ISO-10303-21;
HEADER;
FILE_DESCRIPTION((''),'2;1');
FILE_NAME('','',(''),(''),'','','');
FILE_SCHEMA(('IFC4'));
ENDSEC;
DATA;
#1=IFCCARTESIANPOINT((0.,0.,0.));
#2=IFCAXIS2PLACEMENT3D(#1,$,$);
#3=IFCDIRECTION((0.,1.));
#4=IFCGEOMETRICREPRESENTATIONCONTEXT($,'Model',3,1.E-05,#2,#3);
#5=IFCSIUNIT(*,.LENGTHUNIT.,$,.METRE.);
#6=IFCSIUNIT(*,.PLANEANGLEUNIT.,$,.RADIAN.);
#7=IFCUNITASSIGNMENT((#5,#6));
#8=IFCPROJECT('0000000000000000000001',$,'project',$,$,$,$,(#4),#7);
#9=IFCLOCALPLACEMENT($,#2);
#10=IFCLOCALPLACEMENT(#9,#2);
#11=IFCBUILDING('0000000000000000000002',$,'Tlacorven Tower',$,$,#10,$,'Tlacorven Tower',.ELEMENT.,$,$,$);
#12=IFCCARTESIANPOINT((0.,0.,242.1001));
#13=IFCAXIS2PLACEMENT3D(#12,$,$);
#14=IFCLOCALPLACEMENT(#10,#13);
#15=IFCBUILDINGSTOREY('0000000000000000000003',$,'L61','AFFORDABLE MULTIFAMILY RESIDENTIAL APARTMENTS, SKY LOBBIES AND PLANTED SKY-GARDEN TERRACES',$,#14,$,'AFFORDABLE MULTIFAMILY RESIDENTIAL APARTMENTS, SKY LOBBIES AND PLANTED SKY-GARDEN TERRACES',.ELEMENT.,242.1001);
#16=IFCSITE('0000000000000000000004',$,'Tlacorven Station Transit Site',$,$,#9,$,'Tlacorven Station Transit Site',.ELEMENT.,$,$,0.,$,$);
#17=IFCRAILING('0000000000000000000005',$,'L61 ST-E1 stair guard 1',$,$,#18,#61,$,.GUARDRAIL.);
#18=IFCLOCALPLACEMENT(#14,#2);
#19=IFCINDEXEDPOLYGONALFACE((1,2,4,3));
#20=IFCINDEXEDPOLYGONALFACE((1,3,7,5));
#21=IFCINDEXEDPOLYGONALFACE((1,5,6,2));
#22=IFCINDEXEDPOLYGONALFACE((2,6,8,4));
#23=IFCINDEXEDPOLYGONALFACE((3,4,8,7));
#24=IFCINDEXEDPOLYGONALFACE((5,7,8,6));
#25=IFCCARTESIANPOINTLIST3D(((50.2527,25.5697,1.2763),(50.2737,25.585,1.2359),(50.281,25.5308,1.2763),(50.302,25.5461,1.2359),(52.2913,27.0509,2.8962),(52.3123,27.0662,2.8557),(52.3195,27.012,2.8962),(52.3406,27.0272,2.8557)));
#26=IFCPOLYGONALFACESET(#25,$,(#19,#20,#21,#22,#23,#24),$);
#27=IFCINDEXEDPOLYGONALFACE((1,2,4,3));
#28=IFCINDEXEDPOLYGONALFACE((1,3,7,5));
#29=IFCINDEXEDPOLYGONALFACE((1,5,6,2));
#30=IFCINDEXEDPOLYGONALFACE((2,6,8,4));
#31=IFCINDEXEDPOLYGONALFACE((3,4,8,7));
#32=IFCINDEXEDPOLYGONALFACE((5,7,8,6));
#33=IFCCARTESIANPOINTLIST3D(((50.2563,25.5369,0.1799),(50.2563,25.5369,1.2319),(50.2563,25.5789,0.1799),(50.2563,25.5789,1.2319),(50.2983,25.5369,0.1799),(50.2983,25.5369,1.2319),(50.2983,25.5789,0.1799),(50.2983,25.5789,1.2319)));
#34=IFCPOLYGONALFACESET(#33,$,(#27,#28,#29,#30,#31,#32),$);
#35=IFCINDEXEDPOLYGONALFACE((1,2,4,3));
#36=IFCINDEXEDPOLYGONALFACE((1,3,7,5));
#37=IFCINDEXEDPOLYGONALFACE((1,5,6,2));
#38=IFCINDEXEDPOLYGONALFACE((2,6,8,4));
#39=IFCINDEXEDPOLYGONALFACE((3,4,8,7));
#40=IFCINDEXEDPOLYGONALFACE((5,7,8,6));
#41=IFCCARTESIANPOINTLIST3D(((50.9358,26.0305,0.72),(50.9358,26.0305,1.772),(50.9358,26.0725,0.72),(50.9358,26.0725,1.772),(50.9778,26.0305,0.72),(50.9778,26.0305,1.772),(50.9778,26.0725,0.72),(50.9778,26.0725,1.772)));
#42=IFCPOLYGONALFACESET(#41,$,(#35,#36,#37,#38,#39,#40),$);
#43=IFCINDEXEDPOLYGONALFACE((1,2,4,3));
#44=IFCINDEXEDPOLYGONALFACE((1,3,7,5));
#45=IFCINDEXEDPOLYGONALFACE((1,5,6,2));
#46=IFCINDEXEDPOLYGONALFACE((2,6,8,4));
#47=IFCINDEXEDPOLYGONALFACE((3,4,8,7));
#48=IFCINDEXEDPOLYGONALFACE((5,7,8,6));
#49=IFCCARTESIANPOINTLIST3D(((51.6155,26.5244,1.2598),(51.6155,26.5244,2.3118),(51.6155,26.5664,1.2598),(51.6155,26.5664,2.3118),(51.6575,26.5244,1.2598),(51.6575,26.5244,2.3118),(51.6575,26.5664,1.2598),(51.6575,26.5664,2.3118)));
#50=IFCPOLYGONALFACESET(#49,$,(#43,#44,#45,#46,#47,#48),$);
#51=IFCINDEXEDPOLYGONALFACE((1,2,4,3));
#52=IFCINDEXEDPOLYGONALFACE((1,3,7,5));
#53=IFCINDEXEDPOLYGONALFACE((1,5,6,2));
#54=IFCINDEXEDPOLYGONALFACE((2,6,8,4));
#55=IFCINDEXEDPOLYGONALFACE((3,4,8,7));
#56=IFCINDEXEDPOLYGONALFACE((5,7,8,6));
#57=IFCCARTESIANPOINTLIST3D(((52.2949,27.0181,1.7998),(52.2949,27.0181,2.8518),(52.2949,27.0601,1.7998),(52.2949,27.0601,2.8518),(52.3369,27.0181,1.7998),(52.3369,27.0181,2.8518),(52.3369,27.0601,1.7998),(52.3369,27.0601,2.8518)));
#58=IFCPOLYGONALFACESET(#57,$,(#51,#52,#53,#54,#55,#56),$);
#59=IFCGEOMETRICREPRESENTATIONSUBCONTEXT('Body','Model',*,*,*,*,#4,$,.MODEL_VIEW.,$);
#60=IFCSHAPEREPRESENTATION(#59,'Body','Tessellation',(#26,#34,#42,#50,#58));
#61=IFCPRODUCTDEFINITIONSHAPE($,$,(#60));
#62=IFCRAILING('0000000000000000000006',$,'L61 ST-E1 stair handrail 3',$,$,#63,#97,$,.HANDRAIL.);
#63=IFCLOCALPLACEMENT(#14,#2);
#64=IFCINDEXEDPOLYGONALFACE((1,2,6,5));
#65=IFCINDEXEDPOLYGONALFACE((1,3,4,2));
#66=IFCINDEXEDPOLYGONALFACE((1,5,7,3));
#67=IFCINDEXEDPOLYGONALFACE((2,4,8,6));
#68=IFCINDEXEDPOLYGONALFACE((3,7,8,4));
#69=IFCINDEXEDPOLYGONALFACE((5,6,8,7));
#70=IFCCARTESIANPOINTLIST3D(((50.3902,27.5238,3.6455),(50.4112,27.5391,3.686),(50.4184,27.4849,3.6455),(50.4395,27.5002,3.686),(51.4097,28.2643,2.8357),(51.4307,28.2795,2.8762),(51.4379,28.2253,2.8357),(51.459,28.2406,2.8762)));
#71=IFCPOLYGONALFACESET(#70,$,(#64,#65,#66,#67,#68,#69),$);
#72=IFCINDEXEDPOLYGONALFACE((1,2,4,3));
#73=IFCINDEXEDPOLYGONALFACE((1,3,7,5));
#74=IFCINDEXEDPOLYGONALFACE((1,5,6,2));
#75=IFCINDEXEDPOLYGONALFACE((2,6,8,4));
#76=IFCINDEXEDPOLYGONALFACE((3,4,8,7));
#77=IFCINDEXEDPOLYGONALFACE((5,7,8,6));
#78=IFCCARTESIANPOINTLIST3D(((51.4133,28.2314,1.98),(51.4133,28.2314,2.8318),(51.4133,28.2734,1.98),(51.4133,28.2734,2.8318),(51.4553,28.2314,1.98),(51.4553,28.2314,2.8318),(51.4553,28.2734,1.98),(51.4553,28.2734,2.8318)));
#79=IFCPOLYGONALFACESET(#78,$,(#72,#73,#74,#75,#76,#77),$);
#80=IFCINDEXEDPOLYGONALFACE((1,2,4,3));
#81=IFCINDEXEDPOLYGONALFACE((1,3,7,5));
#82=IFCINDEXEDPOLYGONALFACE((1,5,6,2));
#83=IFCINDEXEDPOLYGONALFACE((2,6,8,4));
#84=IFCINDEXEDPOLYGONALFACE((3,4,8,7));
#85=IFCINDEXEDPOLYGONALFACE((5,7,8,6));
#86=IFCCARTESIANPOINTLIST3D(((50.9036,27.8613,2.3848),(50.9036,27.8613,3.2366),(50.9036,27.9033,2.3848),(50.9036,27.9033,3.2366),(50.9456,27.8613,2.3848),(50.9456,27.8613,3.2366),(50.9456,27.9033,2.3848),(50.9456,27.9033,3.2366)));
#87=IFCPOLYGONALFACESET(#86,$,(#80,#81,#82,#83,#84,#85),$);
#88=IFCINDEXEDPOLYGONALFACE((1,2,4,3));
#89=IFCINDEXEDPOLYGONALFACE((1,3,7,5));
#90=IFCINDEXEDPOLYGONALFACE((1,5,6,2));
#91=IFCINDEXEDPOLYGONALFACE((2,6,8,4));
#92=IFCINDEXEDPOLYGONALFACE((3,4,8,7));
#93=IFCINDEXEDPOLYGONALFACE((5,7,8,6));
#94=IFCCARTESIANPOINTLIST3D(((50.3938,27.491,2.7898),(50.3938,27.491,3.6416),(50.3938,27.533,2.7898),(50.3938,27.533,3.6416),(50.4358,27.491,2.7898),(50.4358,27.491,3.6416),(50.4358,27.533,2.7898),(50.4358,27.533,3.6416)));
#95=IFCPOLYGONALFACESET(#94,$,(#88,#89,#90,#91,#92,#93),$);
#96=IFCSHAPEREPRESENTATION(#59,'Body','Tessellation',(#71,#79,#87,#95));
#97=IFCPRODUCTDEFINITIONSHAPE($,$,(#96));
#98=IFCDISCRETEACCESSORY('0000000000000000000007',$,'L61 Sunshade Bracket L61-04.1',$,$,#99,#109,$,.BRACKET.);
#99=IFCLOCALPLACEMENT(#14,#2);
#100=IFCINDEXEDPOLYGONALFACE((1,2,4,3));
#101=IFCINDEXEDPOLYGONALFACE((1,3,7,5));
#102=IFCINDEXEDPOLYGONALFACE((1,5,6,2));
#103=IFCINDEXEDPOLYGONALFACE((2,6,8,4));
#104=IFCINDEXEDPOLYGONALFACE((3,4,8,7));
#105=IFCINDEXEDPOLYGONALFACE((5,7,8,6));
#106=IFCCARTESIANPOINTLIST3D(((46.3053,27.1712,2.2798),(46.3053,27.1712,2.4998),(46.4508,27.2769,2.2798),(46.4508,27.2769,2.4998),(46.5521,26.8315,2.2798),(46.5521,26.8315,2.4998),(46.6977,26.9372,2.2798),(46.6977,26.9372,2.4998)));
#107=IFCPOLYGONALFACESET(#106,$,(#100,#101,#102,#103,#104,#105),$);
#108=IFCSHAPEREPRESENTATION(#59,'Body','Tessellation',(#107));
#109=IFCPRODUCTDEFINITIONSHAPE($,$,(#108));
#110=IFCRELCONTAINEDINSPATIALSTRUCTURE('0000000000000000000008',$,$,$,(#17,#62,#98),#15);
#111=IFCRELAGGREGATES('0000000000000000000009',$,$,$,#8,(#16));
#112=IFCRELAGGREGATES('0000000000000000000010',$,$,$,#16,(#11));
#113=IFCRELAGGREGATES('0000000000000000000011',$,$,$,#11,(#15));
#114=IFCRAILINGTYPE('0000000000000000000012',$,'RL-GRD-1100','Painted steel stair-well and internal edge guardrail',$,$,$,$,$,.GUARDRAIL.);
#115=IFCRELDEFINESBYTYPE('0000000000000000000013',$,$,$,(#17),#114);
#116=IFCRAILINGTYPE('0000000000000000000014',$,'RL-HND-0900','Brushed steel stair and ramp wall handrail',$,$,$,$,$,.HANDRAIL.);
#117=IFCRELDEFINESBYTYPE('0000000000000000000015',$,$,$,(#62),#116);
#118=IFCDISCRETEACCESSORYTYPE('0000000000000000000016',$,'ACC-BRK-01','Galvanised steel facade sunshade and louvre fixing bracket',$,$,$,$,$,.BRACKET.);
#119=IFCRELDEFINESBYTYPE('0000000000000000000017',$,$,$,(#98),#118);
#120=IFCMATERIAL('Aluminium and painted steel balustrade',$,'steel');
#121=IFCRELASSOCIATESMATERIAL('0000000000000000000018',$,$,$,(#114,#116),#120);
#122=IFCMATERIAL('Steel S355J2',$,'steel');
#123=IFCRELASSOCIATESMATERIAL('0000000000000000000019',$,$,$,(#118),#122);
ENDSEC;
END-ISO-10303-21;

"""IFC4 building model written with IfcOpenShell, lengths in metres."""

from ifc_helpers import new_model, si_unit, direction, frame, origin, origin_2d, place, context, subcontext, project, spatial, rectangle, extrude, source, transform, mapped, material, type_object, element, save


model = new_model("IFC4")

# Units and contexts
model_context = context("Model", 3, precision=1e-05, world=origin(), true_north=direction((0.0, 1.0)))
body_context = subcontext(model_context, "Body", "Model", "MODEL_VIEW")
ifc_project = project(units=[si_unit("LENGTHUNIT", "METRE"), si_unit("PLANEANGLEUNIT", "RADIAN")], contexts=[model_context])

# Site, building, storey
site_placement = place(None, origin())
site = spatial("IfcSite", under=ifc_project, at=site_placement, Name="Tlacorven Station Transit Site", LongName="Tlacorven Station Transit Site", CompositionType="ELEMENT", RefElevation=0.0)
building_placement = place(site_placement, origin())
building = spatial("IfcBuilding", under=site, at=building_placement, Name="Tlacorven Tower", LongName="Tlacorven Tower", CompositionType="ELEMENT")
storey_placement = place(building_placement, frame((0.0, 0.0, 242.1001)))
storey = spatial("IfcBuildingStorey", under=building, at=storey_placement, Name="L61", Description="AFFORDABLE MULTIFAMILY RESIDENTIAL APARTMENTS, SKY LOBBIES AND PLANTED SKY-GARDEN TERRACES", LongName="AFFORDABLE MULTIFAMILY RESIDENTIAL APARTMENTS, SKY LOBBIES AND PLANTED SKY-GARDEN TERRACES", CompositionType="ELEMENT", Elevation=242.1001)

# Railings
ifc_material_1 = material(Name="Aluminium and painted steel balustrade", Category="steel")
railing_type_1 = type_object("IfcRailingType", Name="RL-GRD-1100", Description="Painted steel stair-well and internal edge guardrail", PredefinedType="GUARDRAIL", material=ifc_material_1)
railing_type_2 = type_object("IfcRailingType", Name="RL-HND-0900", Description="Brushed steel stair and ramp wall handrail", PredefinedType="HANDRAIL", material=ifc_material_1)
shared_shape_1 = source(origin(), body_context, "Body", "SweptSolid", [
    extrude(rectangle(XDim=0.0481, YDim=0.0481, at=origin_2d()), frame((0.0, 0.0, 1.0762), z_axis=(0.680519, 0.494456, 0.540747), x_axis=(-0.587809, 0.809, 0.0)), (0.0, 0.0, 1.0), 2.9956),
    extrude(rectangle(XDim=0.042, YDim=0.042, at=origin_2d()), origin(), (0.0, 0.0, 1.0), 1.052),
    extrude(rectangle(XDim=0.042, YDim=0.042, at=origin_2d()), frame((0.6794, 0.4937, 0.54)), (0.0, 0.0, 1.0), 1.052),
    extrude(rectangle(XDim=0.042, YDim=0.042, at=origin_2d()), frame((1.3591, 0.9875, 1.0798)), (0.0, 0.0, 1.0), 1.052),
    extrude(rectangle(XDim=0.042, YDim=0.042, at=origin_2d()), frame((2.0386, 1.4812, 1.6199)), (0.0, 0.0, 1.0), 1.052),
])
railing_1_placement = place(storey_placement, frame((50.2773, 25.5579, 0.1799)))
element("IfcRailing", 1, at=railing_1_placement, inside=storey, type_object=railing_type_1, Name="L61 ST-E1 stair guard 1", PredefinedType="GUARDRAIL", context=body_context, shape_type="MappedRepresentation", body=[
    mapped(shared_shape_1, transform((0.0, 0.0, 0.0), scale=1.0)),
])
shared_shape_2 = source(origin(), body_context, "Body", "SweptSolid", [
    extrude(rectangle(XDim=0.0481, YDim=0.0481, at=origin_2d()), frame((0.0, 0.0, 0.876), z_axis=(-0.680664, -0.494361, 0.540652), x_axis=(0.587653, -0.809113, 0.0)), (0.0, 0.0, 1.0), 1.4978),
    extrude(rectangle(XDim=0.042, YDim=0.042, at=origin_2d()), origin(), (0.0, 0.0, 1.0), 0.8518),
    extrude(rectangle(XDim=0.042, YDim=0.042, at=origin_2d()), frame((-0.5098, -0.3701, 0.4048)), (0.0, 0.0, 1.0), 0.8518),
    extrude(rectangle(XDim=0.042, YDim=0.042, at=origin_2d()), frame((-1.0195, -0.7405, 0.8098)), (0.0, 0.0, 1.0), 0.8518),
])
railing_2_placement = place(storey_placement, frame((51.4343, 28.2524, 1.98)))
element("IfcRailing", 2, at=railing_2_placement, inside=storey, type_object=railing_type_2, Name="L61 ST-E1 stair handrail 3", PredefinedType="HANDRAIL", context=body_context, shape_type="MappedRepresentation", body=[
    mapped(shared_shape_2, transform((0.0, 0.0, 0.0), scale=1.0)),
])

# Discrete accessory
ifc_material_2 = material(Name="Steel S355J2", Category="steel")
discrete_accessory_type = type_object("IfcDiscreteAccessoryType", Name="ACC-BRK-01", Description="Galvanised steel facade sunshade and louvre fixing bracket", PredefinedType="BRACKET", material=ifc_material_2)
shared_shape_3 = source(origin(), body_context, "Body", "SweptSolid", [
    extrude(rectangle(XDim=0.1799, YDim=0.4199, at=origin_2d()), origin(), (0.0, 0.0, 1.0), 0.22),
])
discrete_accessory_placement = place(storey_placement, frame((46.5015, 27.0542, 2.2798), z_axis=(0.0, 0.0, 1.0), x_axis=(0.809017, 0.587785, 0.0)))
element("IfcDiscreteAccessory", 3, at=discrete_accessory_placement, inside=storey, type_object=discrete_accessory_type, Name="L61 Sunshade Bracket L61-04.1", PredefinedType="BRACKET", context=body_context, shape_type="MappedRepresentation", body=[
    mapped(shared_shape_3, transform((0.0, 0.0, 0.0), scale=1.0)),
])

save(model, "model.ifc")
